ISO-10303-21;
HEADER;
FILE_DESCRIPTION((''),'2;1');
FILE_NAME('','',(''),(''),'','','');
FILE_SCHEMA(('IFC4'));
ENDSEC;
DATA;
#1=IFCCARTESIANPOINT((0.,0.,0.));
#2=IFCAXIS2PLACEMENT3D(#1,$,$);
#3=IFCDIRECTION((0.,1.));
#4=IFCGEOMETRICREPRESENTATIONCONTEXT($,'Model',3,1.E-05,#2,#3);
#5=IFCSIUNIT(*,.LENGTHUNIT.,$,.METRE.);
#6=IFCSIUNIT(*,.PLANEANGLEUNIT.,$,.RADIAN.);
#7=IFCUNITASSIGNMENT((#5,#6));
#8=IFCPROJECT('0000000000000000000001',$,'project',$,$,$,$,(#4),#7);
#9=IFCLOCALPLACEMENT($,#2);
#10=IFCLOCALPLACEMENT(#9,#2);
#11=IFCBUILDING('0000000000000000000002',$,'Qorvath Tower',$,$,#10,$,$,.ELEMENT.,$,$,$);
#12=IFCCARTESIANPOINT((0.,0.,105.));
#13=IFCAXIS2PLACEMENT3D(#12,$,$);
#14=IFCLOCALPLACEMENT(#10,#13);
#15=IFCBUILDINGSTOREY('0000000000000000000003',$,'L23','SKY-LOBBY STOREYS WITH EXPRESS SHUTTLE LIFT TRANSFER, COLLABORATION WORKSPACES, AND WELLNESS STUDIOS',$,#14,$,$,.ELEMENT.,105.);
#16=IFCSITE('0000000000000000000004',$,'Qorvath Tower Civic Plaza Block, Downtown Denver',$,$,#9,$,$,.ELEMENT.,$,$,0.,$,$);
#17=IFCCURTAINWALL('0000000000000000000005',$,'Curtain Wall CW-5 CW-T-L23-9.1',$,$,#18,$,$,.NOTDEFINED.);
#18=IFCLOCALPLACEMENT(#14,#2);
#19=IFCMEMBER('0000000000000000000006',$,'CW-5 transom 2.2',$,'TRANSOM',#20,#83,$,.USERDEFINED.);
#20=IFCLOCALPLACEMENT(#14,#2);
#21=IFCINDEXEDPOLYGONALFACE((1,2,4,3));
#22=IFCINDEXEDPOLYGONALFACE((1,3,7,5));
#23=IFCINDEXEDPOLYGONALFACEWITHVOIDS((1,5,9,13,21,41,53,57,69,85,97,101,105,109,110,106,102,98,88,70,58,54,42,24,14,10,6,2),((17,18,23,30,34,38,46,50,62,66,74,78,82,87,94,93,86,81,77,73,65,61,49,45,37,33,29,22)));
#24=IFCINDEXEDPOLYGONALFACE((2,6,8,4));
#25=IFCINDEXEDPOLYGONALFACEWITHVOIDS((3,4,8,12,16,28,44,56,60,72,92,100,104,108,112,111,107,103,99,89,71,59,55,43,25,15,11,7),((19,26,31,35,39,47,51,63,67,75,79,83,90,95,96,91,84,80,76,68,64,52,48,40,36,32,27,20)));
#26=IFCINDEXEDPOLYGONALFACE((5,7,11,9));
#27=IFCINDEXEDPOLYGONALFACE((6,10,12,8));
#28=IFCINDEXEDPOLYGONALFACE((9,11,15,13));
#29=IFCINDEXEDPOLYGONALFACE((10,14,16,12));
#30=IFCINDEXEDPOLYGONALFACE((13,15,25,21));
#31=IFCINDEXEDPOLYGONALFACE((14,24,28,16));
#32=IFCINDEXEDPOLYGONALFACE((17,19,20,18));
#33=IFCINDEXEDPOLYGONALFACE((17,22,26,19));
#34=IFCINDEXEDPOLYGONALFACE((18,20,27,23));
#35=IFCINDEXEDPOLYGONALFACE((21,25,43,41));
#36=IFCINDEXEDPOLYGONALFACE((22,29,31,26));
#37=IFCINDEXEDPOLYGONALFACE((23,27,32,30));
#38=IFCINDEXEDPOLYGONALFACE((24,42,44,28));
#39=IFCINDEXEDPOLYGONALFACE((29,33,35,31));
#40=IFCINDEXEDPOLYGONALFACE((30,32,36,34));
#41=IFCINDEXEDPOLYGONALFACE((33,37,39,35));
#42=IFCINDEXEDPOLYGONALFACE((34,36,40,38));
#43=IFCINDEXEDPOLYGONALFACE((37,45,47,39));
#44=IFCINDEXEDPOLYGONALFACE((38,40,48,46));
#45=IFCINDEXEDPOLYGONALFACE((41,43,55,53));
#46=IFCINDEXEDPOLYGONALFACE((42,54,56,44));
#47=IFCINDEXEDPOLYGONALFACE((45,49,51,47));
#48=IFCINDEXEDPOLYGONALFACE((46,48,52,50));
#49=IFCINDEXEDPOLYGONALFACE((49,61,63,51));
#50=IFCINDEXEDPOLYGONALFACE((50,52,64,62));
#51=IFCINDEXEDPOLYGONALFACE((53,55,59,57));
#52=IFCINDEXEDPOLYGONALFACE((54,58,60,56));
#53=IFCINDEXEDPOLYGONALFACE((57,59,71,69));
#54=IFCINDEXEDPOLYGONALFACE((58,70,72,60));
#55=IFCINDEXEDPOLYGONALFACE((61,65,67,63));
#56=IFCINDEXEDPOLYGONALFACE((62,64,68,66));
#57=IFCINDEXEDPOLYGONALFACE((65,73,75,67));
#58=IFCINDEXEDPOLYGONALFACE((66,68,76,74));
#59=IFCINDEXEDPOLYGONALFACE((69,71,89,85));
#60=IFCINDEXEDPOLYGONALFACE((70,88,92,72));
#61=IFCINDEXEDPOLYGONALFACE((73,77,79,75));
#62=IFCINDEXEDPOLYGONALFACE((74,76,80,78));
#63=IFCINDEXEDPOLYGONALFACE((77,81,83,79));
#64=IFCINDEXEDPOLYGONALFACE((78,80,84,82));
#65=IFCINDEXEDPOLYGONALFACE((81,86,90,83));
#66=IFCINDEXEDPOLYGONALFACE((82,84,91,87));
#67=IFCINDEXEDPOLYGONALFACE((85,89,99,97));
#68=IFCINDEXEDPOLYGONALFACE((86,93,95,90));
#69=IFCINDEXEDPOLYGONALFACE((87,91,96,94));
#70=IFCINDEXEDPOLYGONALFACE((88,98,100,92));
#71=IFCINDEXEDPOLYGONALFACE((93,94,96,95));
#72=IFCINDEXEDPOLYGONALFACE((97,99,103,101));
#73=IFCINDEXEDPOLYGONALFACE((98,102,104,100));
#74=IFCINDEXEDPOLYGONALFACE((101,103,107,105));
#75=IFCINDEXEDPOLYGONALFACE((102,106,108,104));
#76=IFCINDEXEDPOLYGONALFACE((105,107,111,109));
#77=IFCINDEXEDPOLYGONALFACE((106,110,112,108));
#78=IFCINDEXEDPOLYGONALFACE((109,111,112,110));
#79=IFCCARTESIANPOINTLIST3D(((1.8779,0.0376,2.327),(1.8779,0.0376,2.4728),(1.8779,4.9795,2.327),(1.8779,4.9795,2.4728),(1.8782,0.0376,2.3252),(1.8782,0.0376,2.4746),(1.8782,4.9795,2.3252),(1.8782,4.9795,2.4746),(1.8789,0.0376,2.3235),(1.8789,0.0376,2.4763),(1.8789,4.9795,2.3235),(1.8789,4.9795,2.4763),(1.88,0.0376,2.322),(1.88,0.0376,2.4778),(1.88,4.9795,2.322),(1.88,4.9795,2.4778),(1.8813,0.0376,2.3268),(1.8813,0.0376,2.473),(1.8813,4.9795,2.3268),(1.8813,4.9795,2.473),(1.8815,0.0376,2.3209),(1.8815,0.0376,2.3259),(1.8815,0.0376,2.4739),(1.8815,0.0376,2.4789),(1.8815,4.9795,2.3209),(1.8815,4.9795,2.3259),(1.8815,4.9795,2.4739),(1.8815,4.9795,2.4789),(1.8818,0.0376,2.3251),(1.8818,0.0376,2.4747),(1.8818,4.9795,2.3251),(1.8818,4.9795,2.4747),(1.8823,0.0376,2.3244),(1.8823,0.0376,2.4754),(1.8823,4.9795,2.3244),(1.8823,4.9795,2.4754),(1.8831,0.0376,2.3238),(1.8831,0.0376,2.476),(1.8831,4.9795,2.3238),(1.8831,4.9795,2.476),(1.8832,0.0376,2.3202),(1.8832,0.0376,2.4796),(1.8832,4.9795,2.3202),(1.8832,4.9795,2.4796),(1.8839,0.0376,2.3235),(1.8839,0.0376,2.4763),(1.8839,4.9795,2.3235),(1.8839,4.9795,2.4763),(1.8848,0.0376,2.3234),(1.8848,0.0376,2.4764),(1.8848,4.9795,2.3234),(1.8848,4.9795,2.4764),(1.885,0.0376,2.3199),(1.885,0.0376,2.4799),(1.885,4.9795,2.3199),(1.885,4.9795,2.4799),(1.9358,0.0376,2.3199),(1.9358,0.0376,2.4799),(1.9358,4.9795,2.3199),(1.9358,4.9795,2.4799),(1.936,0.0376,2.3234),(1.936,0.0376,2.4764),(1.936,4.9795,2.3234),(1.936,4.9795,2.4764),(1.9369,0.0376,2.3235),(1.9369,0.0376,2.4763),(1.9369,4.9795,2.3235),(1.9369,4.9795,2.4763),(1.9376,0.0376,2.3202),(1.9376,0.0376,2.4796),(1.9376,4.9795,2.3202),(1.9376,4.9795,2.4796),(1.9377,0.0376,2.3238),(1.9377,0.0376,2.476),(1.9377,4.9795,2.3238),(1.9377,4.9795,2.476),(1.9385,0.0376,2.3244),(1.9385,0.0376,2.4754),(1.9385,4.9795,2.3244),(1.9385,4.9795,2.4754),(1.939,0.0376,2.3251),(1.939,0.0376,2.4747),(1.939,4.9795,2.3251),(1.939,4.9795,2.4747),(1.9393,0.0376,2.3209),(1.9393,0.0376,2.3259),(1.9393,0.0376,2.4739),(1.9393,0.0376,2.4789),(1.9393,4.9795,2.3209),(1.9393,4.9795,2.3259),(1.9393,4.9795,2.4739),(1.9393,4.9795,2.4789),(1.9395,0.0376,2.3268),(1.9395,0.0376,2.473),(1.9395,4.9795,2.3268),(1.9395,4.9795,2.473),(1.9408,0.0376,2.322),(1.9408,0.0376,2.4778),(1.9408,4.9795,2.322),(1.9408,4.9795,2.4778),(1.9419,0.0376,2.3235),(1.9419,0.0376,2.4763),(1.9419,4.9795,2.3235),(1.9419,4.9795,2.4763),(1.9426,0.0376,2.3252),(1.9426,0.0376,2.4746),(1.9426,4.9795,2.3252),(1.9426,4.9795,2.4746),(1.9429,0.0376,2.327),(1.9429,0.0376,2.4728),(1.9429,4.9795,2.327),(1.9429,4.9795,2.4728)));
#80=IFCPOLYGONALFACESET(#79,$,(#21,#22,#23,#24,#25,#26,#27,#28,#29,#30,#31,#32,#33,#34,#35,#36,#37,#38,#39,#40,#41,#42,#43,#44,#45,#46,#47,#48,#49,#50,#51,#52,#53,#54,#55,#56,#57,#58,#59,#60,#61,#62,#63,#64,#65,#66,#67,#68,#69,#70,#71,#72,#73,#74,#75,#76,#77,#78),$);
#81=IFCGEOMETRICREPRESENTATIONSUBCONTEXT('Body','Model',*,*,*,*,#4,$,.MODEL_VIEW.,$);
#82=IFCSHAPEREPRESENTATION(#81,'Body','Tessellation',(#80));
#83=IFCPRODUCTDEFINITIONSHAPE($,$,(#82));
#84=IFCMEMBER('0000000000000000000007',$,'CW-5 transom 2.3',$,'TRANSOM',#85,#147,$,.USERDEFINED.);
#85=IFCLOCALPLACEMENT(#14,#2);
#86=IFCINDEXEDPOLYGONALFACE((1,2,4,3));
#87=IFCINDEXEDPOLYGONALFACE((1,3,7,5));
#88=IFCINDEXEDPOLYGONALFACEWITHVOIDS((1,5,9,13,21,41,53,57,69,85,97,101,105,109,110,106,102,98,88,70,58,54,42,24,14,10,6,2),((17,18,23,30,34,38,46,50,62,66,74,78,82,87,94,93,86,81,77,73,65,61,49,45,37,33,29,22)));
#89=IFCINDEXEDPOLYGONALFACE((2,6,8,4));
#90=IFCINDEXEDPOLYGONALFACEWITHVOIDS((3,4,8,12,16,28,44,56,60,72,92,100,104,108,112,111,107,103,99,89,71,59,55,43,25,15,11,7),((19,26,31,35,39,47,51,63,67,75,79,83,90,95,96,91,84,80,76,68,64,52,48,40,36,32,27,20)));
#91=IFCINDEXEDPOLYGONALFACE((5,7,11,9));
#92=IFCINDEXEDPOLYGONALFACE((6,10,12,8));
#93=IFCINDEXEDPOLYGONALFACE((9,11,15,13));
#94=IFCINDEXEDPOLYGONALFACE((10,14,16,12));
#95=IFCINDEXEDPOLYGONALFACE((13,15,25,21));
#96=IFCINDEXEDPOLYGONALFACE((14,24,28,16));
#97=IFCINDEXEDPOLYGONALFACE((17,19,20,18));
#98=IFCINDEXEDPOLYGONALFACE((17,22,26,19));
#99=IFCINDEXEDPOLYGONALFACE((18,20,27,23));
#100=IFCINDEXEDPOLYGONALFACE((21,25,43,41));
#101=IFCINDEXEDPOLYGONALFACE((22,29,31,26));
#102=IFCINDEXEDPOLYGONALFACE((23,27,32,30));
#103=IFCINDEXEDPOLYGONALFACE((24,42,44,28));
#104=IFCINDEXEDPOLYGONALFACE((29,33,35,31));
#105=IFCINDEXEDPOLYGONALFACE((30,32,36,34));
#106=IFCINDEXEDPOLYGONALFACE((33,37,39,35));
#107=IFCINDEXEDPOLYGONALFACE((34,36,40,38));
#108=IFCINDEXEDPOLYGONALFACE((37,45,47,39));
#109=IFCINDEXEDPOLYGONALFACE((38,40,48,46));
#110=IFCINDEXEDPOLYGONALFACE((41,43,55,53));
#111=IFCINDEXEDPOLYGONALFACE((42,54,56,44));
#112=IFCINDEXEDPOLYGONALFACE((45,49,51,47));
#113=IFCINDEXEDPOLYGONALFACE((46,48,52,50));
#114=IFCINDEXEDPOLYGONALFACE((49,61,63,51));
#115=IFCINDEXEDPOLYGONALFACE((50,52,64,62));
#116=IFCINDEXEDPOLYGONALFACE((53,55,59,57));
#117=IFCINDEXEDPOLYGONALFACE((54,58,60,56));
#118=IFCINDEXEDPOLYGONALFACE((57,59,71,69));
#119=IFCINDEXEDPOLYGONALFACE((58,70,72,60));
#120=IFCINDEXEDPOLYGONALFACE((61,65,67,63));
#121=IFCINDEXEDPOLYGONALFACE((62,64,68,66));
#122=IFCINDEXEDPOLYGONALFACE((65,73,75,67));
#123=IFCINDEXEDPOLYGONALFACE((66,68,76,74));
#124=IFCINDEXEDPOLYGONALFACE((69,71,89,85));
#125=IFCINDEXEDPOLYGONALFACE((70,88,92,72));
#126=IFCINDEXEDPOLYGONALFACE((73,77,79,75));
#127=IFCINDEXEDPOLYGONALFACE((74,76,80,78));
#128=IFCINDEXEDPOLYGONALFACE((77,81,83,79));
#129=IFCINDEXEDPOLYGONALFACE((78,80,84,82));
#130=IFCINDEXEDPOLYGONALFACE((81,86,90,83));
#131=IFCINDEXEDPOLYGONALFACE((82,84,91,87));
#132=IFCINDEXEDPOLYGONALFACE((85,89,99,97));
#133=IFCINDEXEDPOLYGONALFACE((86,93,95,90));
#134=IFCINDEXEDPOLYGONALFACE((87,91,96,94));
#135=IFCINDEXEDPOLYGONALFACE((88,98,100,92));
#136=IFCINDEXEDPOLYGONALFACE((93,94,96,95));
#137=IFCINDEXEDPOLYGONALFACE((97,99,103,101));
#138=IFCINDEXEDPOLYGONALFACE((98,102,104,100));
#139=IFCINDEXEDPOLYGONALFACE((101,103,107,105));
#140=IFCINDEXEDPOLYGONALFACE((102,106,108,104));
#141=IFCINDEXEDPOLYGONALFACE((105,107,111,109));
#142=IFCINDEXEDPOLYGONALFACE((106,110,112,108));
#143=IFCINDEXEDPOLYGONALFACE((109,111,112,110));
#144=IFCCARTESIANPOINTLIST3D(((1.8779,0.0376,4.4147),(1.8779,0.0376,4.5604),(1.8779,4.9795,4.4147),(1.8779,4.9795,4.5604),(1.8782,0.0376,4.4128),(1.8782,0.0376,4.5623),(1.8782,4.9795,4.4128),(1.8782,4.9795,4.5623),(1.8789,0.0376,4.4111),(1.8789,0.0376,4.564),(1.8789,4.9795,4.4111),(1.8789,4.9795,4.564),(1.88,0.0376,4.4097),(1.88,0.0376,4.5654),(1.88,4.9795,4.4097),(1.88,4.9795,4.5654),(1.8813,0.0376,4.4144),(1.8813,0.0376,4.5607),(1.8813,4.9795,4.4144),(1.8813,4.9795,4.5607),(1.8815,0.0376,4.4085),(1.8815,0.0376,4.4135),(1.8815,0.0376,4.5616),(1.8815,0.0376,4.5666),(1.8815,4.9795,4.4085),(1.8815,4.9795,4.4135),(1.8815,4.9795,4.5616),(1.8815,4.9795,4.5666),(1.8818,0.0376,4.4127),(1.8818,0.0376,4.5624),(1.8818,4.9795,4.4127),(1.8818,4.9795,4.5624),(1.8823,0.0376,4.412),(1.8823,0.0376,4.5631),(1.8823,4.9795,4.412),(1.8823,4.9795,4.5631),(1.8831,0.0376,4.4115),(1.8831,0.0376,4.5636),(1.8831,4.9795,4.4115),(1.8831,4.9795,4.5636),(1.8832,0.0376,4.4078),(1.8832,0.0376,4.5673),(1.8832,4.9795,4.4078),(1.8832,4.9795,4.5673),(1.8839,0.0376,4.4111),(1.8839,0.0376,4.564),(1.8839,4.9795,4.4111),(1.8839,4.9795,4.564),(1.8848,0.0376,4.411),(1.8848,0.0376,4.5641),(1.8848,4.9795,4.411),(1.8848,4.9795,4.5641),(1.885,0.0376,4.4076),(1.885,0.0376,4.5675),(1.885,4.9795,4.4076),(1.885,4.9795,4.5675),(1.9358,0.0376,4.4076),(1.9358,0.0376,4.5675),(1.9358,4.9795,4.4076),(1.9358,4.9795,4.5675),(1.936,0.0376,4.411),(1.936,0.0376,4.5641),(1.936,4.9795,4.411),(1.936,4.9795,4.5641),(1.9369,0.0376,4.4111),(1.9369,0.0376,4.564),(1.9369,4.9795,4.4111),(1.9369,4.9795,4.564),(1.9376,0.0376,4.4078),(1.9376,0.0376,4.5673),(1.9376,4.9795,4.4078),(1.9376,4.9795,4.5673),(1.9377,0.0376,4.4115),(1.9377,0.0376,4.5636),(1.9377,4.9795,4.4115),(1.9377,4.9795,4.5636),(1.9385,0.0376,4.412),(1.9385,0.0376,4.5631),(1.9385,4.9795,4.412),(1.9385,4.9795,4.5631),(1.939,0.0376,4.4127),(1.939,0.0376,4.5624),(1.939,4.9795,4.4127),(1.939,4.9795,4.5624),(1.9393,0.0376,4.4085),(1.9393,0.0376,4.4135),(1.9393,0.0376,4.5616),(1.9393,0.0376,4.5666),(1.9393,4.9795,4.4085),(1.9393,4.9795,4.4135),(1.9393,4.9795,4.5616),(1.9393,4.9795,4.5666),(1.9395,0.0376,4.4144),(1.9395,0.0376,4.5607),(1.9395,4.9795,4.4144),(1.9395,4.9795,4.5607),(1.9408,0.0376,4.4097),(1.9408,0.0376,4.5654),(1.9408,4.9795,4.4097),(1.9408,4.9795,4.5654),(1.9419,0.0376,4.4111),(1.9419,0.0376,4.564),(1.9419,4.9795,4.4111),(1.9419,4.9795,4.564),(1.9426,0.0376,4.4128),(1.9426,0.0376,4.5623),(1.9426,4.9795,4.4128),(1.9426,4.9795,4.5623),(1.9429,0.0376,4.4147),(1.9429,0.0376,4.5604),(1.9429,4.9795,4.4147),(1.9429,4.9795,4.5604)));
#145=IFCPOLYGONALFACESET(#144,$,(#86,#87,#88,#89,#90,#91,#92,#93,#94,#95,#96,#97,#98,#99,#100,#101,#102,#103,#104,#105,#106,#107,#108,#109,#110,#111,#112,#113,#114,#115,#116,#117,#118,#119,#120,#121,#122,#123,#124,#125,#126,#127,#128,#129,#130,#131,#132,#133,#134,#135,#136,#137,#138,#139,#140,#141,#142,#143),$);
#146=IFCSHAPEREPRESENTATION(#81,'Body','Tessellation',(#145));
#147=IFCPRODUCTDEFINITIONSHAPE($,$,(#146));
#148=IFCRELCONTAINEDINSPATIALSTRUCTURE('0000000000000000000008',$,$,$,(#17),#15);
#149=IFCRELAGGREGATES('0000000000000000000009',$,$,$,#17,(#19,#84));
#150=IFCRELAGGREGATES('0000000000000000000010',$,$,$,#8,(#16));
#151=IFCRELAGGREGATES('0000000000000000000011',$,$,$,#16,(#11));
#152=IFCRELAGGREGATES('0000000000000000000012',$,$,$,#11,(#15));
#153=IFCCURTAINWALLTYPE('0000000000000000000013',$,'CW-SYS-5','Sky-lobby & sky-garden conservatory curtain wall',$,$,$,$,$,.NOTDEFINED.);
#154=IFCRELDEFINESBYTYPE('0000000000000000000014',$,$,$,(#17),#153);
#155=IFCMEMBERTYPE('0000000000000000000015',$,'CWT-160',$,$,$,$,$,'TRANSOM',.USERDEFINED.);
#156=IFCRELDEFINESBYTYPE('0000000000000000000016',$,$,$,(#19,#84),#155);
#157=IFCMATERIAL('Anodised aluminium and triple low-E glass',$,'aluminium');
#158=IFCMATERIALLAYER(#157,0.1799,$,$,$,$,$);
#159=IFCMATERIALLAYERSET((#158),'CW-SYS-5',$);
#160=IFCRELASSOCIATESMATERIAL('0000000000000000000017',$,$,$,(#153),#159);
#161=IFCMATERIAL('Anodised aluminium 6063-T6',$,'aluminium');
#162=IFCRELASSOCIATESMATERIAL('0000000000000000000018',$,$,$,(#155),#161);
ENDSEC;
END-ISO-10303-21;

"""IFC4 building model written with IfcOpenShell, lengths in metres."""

from ifc_helpers import new_model, si_unit, direction, frame, origin, origin_2d, place, context, subcontext, project, spatial, hollow_rectangle, extrude, material, layer, layer_set, material_profile, profile_set, type_object, element, aggregate, save


model = new_model("IFC4")

# Units and contexts
model_context = context("Model", 3, precision=1e-05, world=origin(), true_north=direction((0.0, 1.0)))
body_context = subcontext(model_context, "Body", "Model", "MODEL_VIEW")
ifc_project = project(units=[si_unit("LENGTHUNIT", "METRE"), si_unit("PLANEANGLEUNIT", "RADIAN")], contexts=[model_context])

# Site, building, storey
site_placement = place(None, origin())
site = spatial("IfcSite", under=ifc_project, at=site_placement, Name="Qorvath Tower Civic Plaza Block, Downtown Denver", CompositionType="ELEMENT", RefElevation=0.0)
building_placement = place(site_placement, origin())
building = spatial("IfcBuilding", under=site, at=building_placement, Name="Qorvath Tower", CompositionType="ELEMENT")
storey_placement = place(building_placement, frame((0.0, 0.0, 105.0)))
storey = spatial("IfcBuildingStorey", under=building, at=storey_placement, Name="L23", Description="SKY-LOBBY STOREYS WITH EXPRESS SHUTTLE LIFT TRANSFER, COLLABORATION WORKSPACES, AND WELLNESS STUDIOS", CompositionType="ELEMENT", Elevation=105.0)

# Curtain wall
ifc_material_1 = material(Name="Anodised aluminium and triple low-E glass", Category="aluminium")
ifc_layer_1 = layer(ifc_material_1, 0.1799)
ifc_layer_set_1 = layer_set([ifc_layer_1], Name="CW-SYS-5")
curtain_wall_type = type_object("IfcCurtainWallType", Name="CW-SYS-5", Description="Sky-lobby & sky-garden conservatory curtain wall", PredefinedType="NOTDEFINED", material=ifc_layer_set_1)
curtain_wall_1_placement = place(storey_placement, origin())
curtain_wall_1 = element("IfcCurtainWall", 1, at=curtain_wall_1_placement, inside=storey, type_object=curtain_wall_type, Name="Curtain Wall CW-5 CW-T-L23-9.1", PredefinedType="NOTDEFINED")

# Members
ifc_material_2 = material(Name="Anodised aluminium 6063-T6", Category="aluminium")
ifc_material_profile_1 = material_profile(ifc_material_2, hollow_rectangle(XDim=0.0649, YDim=0.1599, WallThickness=0.0034, InnerFilletRadius=0.0034, OuterFilletRadius=0.0071, at=origin_2d()), Name="CWT 160x65")
ifc_profile_set_1 = profile_set([ifc_material_profile_1], Name="Anodised aluminium 6063-T6")
member_type_1 = type_object("IfcMemberType", Name="CWT-160", ElementType="TRANSOM", PredefinedType="USERDEFINED", material=ifc_profile_set_1)
member_1_placement = place(storey_placement, frame((1.9104, 0.0376, 2.3999), z_axis=(0.0, 1.0, 0.0), x_axis=(-1.0, 0.0, 0.0)))
member_1 = element("IfcMember", 2, at=member_1_placement, type_object=member_type_1, Name="CW-5 transom 2.2", ObjectType="TRANSOM", PredefinedType="USERDEFINED", context=body_context, shape_type="SweptSolid", body=[
    extrude(hollow_rectangle(XDim=0.0649, YDim=0.1599, WallThickness=0.0034, InnerFilletRadius=0.0034, OuterFilletRadius=0.0071, at=origin_2d()), origin(), (0.0, 0.0, 1.0), 4.9419),
])
member_2_placement = place(storey_placement, frame((1.9104, 0.0376, 4.4875), z_axis=(0.0, 1.0, 0.0), x_axis=(-1.0, 0.0, 0.0)))
member_2 = element("IfcMember", 3, at=member_2_placement, type_object=member_type_1, Name="CW-5 transom 2.3", ObjectType="TRANSOM", PredefinedType="USERDEFINED", context=body_context, shape_type="SweptSolid", body=[
    extrude(hollow_rectangle(XDim=0.0649, YDim=0.1599, WallThickness=0.0034, InnerFilletRadius=0.0034, OuterFilletRadius=0.0071, at=origin_2d()), origin(), (0.0, 0.0, 1.0), 4.9419),
])

aggregate(curtain_wall_1, [member_1, member_2])

save(model, "model.ifc")
